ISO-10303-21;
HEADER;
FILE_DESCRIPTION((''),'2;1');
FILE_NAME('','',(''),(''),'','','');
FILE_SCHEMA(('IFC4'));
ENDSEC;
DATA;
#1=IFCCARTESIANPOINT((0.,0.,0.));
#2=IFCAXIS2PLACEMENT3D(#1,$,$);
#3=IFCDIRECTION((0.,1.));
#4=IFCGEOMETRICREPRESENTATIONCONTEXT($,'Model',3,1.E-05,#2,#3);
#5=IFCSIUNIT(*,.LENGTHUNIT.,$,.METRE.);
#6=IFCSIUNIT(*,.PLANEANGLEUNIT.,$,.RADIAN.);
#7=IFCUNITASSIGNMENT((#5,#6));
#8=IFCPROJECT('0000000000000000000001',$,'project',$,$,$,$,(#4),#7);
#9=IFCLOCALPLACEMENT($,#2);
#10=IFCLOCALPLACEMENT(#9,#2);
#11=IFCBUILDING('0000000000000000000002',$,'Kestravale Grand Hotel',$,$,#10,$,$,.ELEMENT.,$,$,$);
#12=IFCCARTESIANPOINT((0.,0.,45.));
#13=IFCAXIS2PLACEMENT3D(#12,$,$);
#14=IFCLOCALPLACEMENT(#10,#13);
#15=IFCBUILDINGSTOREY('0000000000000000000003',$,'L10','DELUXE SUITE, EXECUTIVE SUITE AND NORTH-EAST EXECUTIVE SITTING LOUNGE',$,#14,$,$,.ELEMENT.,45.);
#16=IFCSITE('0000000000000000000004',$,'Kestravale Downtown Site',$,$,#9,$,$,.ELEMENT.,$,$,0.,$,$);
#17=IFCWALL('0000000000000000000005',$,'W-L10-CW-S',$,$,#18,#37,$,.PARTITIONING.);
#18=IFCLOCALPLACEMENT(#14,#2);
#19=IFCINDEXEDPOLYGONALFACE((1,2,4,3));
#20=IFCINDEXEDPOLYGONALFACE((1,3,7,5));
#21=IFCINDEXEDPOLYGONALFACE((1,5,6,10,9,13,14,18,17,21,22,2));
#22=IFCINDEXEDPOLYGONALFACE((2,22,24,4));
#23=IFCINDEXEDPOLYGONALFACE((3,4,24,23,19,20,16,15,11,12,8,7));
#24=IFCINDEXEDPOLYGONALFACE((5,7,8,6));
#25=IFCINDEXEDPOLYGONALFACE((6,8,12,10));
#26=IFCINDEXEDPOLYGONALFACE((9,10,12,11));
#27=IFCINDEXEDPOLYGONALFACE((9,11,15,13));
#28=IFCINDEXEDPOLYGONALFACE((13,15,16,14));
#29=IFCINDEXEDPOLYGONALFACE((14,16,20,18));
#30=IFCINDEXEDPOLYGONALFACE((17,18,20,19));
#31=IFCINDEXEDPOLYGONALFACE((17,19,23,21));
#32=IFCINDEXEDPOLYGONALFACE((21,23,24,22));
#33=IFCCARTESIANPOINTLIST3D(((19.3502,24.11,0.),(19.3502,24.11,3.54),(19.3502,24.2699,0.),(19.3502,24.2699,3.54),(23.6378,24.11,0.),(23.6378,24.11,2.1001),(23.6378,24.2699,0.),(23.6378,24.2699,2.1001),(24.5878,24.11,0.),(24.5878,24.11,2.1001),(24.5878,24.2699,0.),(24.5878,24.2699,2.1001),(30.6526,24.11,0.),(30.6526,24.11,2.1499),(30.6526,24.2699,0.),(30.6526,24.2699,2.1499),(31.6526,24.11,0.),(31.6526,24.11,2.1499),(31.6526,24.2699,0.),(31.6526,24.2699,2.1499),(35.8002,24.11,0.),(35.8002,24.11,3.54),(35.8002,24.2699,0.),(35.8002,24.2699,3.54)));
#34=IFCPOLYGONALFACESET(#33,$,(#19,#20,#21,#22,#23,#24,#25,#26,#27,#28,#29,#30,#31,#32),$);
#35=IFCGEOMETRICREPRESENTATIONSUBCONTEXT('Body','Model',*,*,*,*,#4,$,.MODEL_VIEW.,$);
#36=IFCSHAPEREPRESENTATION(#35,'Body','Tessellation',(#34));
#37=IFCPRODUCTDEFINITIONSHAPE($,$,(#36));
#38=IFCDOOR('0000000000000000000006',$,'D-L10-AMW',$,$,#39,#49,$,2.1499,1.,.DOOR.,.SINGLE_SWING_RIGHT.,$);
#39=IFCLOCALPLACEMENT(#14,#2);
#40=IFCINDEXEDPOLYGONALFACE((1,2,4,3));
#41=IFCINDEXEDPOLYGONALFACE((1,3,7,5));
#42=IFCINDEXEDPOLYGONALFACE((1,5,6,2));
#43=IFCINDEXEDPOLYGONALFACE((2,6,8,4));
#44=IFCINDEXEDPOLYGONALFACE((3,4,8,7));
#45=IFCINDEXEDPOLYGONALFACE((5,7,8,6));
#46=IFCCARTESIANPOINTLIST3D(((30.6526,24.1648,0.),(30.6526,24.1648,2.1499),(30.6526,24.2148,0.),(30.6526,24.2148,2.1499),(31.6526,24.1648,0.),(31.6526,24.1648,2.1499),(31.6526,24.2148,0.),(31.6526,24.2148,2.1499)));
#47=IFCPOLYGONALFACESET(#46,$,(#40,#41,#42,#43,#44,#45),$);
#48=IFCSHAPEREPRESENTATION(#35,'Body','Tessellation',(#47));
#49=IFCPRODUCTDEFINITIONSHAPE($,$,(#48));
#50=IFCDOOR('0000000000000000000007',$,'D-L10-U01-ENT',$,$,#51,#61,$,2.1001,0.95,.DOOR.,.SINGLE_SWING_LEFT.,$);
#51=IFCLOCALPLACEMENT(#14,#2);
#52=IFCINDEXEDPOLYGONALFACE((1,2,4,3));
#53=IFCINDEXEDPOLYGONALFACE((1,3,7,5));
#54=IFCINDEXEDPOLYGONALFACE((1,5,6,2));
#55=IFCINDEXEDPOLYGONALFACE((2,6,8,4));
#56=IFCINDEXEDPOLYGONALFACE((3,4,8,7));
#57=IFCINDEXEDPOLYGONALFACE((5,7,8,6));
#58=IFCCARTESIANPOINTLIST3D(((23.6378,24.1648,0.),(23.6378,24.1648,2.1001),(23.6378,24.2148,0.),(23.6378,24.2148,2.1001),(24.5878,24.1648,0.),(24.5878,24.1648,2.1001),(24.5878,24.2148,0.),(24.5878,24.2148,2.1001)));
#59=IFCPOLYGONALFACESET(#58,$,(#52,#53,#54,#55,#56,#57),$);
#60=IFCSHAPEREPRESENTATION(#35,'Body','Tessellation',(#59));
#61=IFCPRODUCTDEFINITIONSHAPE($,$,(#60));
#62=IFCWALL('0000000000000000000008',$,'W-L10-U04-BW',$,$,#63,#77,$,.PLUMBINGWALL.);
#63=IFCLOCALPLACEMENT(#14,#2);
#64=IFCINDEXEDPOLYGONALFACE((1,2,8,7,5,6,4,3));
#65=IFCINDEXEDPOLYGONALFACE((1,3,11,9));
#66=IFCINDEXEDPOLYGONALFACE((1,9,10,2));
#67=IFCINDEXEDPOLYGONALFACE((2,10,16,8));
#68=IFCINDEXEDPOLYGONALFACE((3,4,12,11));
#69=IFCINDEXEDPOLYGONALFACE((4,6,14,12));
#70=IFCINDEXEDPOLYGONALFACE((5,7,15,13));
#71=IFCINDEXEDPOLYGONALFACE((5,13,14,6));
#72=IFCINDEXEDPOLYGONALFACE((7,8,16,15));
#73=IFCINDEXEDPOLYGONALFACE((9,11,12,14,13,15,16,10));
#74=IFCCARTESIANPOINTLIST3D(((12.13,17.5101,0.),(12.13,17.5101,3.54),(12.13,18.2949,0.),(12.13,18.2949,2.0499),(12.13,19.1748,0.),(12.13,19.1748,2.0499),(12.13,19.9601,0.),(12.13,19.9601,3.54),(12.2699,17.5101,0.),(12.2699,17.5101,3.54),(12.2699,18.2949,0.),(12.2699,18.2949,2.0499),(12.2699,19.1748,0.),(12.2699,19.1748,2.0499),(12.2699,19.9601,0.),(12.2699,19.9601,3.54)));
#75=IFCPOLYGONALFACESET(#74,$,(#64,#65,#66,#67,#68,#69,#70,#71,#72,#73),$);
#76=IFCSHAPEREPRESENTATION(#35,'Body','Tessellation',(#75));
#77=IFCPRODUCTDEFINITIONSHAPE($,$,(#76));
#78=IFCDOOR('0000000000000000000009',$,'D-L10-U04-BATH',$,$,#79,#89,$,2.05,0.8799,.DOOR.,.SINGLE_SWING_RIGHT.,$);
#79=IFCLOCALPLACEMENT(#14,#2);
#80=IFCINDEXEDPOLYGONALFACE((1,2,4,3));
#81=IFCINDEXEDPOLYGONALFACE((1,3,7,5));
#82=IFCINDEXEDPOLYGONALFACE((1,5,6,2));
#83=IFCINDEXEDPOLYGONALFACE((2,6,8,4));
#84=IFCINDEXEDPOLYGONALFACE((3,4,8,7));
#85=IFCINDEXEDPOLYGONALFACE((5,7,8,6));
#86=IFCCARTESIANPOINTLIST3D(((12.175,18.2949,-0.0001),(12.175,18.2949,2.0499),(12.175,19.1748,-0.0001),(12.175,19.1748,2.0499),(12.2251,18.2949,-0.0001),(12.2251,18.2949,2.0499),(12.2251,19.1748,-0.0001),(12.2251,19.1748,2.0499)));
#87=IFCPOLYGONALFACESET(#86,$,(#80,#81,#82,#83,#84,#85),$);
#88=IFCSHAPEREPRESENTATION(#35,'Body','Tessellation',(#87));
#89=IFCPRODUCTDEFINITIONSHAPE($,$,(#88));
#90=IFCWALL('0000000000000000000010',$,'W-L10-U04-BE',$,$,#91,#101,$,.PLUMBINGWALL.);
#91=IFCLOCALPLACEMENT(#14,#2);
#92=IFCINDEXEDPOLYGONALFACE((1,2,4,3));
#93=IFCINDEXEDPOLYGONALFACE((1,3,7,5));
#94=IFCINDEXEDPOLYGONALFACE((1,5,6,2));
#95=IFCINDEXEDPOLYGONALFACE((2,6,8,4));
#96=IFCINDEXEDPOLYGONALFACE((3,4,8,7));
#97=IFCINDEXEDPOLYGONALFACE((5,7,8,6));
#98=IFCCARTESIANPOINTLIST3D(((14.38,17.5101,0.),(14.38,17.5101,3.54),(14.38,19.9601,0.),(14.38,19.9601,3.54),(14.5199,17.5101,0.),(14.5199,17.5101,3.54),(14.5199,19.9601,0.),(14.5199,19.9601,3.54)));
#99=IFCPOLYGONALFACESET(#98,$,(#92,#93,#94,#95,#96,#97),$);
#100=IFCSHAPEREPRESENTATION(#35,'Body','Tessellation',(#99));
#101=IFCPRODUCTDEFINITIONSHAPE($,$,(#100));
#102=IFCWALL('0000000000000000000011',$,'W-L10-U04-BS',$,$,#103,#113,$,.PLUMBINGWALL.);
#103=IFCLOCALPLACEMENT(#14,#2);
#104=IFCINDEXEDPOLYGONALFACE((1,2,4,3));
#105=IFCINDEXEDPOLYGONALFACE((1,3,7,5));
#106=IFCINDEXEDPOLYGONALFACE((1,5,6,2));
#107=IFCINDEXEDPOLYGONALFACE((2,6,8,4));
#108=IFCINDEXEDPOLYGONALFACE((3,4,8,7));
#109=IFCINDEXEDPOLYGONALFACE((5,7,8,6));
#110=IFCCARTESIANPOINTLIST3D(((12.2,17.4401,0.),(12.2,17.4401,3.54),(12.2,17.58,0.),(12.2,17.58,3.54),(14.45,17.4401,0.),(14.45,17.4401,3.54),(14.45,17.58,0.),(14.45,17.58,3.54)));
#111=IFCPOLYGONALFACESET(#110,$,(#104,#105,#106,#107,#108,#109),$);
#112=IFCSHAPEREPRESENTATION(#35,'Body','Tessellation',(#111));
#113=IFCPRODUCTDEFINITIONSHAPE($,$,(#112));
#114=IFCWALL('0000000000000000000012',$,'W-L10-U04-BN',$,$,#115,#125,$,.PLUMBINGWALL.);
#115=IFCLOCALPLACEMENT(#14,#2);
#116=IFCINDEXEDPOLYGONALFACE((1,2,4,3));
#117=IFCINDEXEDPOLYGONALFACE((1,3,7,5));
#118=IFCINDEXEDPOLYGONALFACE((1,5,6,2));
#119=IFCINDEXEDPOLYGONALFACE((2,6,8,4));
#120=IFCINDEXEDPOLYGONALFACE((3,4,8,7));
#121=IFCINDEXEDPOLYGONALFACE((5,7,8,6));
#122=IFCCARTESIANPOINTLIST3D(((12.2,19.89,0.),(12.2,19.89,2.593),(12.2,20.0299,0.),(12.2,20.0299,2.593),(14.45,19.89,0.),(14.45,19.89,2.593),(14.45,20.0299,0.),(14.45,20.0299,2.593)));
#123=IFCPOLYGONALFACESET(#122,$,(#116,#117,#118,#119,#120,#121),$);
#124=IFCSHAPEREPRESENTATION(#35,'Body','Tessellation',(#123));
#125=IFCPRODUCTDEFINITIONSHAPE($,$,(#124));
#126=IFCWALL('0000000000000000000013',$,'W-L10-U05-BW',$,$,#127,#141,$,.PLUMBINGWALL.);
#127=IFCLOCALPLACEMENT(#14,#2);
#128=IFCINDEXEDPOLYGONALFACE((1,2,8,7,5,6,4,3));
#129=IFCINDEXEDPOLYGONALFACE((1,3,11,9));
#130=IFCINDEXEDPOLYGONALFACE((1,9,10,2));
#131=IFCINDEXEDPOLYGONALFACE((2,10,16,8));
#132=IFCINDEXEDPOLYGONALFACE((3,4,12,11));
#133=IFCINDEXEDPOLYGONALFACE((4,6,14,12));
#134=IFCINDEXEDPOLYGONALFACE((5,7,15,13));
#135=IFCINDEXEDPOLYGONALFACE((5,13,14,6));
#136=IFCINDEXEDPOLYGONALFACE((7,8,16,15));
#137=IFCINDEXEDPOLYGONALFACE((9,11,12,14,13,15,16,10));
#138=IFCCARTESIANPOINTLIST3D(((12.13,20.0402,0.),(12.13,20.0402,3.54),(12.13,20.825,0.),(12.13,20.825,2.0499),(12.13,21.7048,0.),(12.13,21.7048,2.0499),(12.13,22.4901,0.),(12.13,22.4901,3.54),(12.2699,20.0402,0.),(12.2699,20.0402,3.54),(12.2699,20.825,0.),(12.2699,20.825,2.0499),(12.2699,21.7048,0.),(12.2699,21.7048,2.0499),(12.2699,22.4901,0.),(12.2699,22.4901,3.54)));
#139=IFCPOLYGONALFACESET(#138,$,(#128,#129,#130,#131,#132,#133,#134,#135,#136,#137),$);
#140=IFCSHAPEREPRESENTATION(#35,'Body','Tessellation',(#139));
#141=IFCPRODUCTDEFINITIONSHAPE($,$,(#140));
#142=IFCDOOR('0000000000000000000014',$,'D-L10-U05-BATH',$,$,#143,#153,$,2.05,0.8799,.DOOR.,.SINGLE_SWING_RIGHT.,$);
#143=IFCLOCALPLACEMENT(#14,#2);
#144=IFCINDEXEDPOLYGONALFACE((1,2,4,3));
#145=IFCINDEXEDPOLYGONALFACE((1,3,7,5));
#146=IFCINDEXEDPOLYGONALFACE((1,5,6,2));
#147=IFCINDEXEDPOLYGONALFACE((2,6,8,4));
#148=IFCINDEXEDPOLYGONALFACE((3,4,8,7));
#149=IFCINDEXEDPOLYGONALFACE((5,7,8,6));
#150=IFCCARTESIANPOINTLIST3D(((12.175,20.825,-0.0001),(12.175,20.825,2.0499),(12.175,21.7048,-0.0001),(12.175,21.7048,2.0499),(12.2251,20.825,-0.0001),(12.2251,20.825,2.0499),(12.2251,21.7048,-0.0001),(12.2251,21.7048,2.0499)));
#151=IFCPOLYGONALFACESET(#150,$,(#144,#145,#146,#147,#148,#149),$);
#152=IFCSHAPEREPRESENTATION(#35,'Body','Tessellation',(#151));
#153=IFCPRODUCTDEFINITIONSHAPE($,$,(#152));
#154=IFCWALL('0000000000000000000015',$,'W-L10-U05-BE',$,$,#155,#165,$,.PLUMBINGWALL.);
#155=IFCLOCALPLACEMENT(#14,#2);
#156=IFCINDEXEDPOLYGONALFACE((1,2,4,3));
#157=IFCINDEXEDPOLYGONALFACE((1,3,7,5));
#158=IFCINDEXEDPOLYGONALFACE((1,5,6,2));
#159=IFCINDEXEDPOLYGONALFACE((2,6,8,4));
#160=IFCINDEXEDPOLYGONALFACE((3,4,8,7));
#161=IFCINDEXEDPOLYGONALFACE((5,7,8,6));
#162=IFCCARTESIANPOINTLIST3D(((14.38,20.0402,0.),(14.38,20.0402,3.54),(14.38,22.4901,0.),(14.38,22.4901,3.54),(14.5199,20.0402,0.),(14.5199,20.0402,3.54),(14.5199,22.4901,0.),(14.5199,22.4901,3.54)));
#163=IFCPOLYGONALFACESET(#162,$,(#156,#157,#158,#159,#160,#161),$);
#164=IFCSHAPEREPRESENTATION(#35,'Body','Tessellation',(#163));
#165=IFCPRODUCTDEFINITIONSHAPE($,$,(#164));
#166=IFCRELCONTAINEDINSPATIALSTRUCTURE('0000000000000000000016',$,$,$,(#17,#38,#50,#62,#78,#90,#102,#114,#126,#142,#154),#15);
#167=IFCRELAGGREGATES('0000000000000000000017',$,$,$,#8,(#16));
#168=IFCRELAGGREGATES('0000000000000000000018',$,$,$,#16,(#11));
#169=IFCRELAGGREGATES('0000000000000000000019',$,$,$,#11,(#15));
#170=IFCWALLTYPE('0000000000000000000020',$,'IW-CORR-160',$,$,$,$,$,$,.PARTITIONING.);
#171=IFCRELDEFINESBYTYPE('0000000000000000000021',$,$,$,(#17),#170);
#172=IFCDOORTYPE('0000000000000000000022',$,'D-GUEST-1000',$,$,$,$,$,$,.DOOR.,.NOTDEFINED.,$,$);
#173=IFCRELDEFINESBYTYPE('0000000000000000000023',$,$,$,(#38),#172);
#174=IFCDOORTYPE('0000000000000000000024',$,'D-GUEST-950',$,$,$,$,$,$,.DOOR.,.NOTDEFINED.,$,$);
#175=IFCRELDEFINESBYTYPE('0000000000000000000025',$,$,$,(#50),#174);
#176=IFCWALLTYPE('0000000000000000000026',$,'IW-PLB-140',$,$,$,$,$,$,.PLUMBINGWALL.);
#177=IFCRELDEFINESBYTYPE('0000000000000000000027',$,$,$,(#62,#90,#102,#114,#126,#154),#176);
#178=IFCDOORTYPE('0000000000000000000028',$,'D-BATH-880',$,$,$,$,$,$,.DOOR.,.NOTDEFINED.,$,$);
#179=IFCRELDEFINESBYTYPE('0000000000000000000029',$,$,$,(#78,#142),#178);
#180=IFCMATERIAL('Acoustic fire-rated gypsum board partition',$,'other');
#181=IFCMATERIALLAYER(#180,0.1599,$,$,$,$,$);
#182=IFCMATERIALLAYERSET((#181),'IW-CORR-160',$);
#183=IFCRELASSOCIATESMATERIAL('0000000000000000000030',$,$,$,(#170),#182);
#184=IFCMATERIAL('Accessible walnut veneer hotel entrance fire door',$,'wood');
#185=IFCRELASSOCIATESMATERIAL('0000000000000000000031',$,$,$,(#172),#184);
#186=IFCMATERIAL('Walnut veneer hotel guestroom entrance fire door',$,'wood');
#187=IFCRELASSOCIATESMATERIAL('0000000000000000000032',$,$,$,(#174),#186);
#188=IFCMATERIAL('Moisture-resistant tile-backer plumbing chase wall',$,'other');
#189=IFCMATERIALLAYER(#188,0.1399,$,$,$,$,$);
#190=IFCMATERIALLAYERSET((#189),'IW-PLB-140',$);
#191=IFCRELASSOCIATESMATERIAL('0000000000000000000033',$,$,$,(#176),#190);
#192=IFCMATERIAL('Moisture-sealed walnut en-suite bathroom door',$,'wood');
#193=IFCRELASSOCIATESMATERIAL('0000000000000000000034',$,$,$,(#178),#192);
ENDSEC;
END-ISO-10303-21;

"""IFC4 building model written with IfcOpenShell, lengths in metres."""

from ifc_helpers import new_model, si_unit, direction, frame, frame_2d, origin, place, context, subcontext, project, spatial, rectangle, extrude, material, layer, layer_set, type_object, element, fill, save


model = new_model("IFC4")

# Units and contexts
model_context = context("Model", 3, precision=1e-05, world=origin(), true_north=direction((0.0, 1.0)))
body_context = subcontext(model_context, "Body", "Model", "MODEL_VIEW")
ifc_project = project(units=[si_unit("LENGTHUNIT", "METRE"), si_unit("PLANEANGLEUNIT", "RADIAN")], contexts=[model_context])

# Site, building, storey
site_placement = place(None, origin())
site = spatial("IfcSite", under=ifc_project, at=site_placement, Name="Kestravale Downtown Site", CompositionType="ELEMENT", RefElevation=0.0)
building_placement = place(site_placement, origin())
building = spatial("IfcBuilding", under=site, at=building_placement, Name="Kestravale Grand Hotel", CompositionType="ELEMENT")
storey_placement = place(building_placement, frame((0.0, 0.0, 45.0)))
storey = spatial("IfcBuildingStorey", under=building, at=storey_placement, Name="L10", Description="DELUXE SUITE, EXECUTIVE SUITE AND NORTH-EAST EXECUTIVE SITTING LOUNGE", CompositionType="ELEMENT", Elevation=45.0)

# Shared definitions
ifc_material_1 = material(Name="Acoustic fire-rated gypsum board partition", Category="other")
ifc_layer_1 = layer(ifc_material_1, 0.1599)
ifc_layer_set_1 = layer_set([ifc_layer_1], Name="IW-CORR-160")
wall_type_1 = type_object("IfcWallType", Name="IW-CORR-160", PredefinedType="PARTITIONING", material=ifc_layer_set_1)

# Wall, openings, doors
wall_1_placement = place(storey_placement, frame((19.3501, 24.1899, 0.0), z_axis=(0.0, 0.0, 1.0), x_axis=(1.0, 0.0, 0.0)))
wall_1 = element("IfcWall", 1, at=wall_1_placement, inside=storey, type_object=wall_type_1, Name="W-L10-CW-S", PredefinedType="PARTITIONING", context=body_context, shape_type="SweptSolid", body=[
    extrude(rectangle(XDim=16.45, YDim=0.1599, at=frame_2d((8.2251, 0.0))), origin(), (0.0, 0.0, 1.0), 3.54),
])
opening_1_placement = place(wall_1_placement, frame((4.2876, 0.0, 0.0)))
opening_1 = element("IfcOpeningElement", 2, at=opening_1_placement, cuts=wall_1, PredefinedType="OPENING", context=body_context, shape_type="SweptSolid", body=[
    extrude(rectangle(XDim=0.95, YDim=2.1001, at=frame_2d((0.4751, 1.05))), frame((0.0, 0.0898, 0.0), z_axis=(0.0, -1.0, 0.0), x_axis=(1.0, 0.0, 0.0)), (0.0, 0.0, 1.0), 0.1799),
])
opening_2_placement = place(wall_1_placement, frame((11.3025, 0.0, 0.0)))
opening_2 = element("IfcOpeningElement", 3, at=opening_2_placement, cuts=wall_1, PredefinedType="OPENING", context=body_context, shape_type="SweptSolid", body=[
    extrude(rectangle(XDim=1.0, YDim=2.1499, at=frame_2d((0.5, 1.075))), frame((0.0, 0.0898, 0.0), z_axis=(0.0, -1.0, 0.0), x_axis=(1.0, 0.0, 0.0)), (0.0, 0.0, 1.0), 0.1799),
])
ifc_material_2 = material(Name="Accessible walnut veneer hotel entrance fire door", Category="wood")
door_type_1 = type_object("IfcDoorType", Name="D-GUEST-1000", OperationType="NOTDEFINED", PredefinedType="DOOR", material=ifc_material_2)
door_1_placement = place(opening_2_placement, origin())
door_1 = element("IfcDoor", 4, at=door_1_placement, inside=storey, type_object=door_type_1, Name="D-L10-AMW", OperationType="SINGLE_SWING_RIGHT", OverallHeight=2.1499, OverallWidth=1.0, PredefinedType="DOOR", context=body_context, shape_type="SweptSolid", body=[
    extrude(rectangle(XDim=1.0, YDim=2.1499, at=frame_2d((0.5, 1.075))), frame((0.0, 0.0249, 0.0), z_axis=(0.0, -1.0, 0.0), x_axis=(1.0, 0.0, 0.0)), (0.0, 0.0, 1.0), 0.05),
])
fill(opening_2, door_1)
ifc_material_3 = material(Name="Walnut veneer hotel guestroom entrance fire door", Category="wood")
door_type_2 = type_object("IfcDoorType", Name="D-GUEST-950", OperationType="NOTDEFINED", PredefinedType="DOOR", material=ifc_material_3)
door_2_placement = place(opening_1_placement, origin())
door_2 = element("IfcDoor", 5, at=door_2_placement, inside=storey, type_object=door_type_2, Name="D-L10-U01-ENT", OperationType="SINGLE_SWING_LEFT", OverallHeight=2.1001, OverallWidth=0.95, PredefinedType="DOOR", context=body_context, shape_type="SweptSolid", body=[
    extrude(rectangle(XDim=0.95, YDim=2.1001, at=frame_2d((0.4751, 1.05))), frame((0.0, 0.0249, 0.0), z_axis=(0.0, -1.0, 0.0), x_axis=(1.0, 0.0, 0.0)), (0.0, 0.0, 1.0), 0.05),
])
fill(opening_1, door_2)

# Wall, opening, door
ifc_material_4 = material(Name="Moisture-resistant tile-backer plumbing chase wall", Category="other")
ifc_layer_2 = layer(ifc_material_4, 0.1399)
ifc_layer_set_2 = layer_set([ifc_layer_2], Name="IW-PLB-140")
wall_type_2 = type_object("IfcWallType", Name="IW-PLB-140", PredefinedType="PLUMBINGWALL", material=ifc_layer_set_2)
wall_2_placement = place(storey_placement, frame((12.2, 17.51, 0.0), z_axis=(0.0, 0.0, 1.0), x_axis=(0.0, 1.0, 0.0)))
wall_2 = element("IfcWall", 6, at=wall_2_placement, inside=storey, type_object=wall_type_2, Name="W-L10-U04-BW", PredefinedType="PLUMBINGWALL", context=body_context, shape_type="SweptSolid", body=[
    extrude(rectangle(XDim=2.45, YDim=0.1399, at=frame_2d((1.2251, 0.0))), origin(), (0.0, 0.0, 1.0), 3.54),
])
opening_3_placement = place(wall_2_placement, frame((0.7849, 0.0, 0.0)))
opening_3 = element("IfcOpeningElement", 7, at=opening_3_placement, cuts=wall_2, PredefinedType="OPENING", context=body_context, shape_type="SweptSolid", body=[
    extrude(rectangle(XDim=0.8799, YDim=2.05, at=frame_2d((0.4399, 1.0249))), frame((0.0, 0.0798, 0.0), z_axis=(0.0, -1.0, 0.0), x_axis=(1.0, 0.0, 0.0)), (0.0, 0.0, 1.0), 0.1599),
])
ifc_material_5 = material(Name="Moisture-sealed walnut en-suite bathroom door", Category="wood")
door_type_3 = type_object("IfcDoorType", Name="D-BATH-880", OperationType="NOTDEFINED", PredefinedType="DOOR", material=ifc_material_5)
door_3_placement = place(opening_3_placement, origin())
door_3 = element("IfcDoor", 8, at=door_3_placement, inside=storey, type_object=door_type_3, Name="D-L10-U04-BATH", OperationType="SINGLE_SWING_RIGHT", OverallHeight=2.05, OverallWidth=0.8799, PredefinedType="DOOR", context=body_context, shape_type="SweptSolid", body=[
    extrude(rectangle(XDim=0.8799, YDim=2.05, at=frame_2d((0.4399, 1.0249))), frame((0.0, 0.0249, 0.0), z_axis=(0.0, -1.0, 0.0), x_axis=(1.0, 0.0, 0.0)), (0.0, 0.0, 1.0), 0.05),
])
fill(opening_3, door_3)

# Walls
wall_3_placement = place(storey_placement, frame((14.45, 17.51, 0.0), z_axis=(0.0, 0.0, 1.0), x_axis=(0.0, 1.0, 0.0)))
element("IfcWall", 9, at=wall_3_placement, inside=storey, type_object=wall_type_2, Name="W-L10-U04-BE", PredefinedType="PLUMBINGWALL", context=body_context, shape_type="SweptSolid", body=[
    extrude(rectangle(XDim=2.45, YDim=0.1399, at=frame_2d((1.2251, 0.0))), origin(), (0.0, 0.0, 1.0), 3.54),
])
wall_4_placement = place(storey_placement, frame((12.2, 17.51, 0.0), z_axis=(0.0, 0.0, 1.0), x_axis=(1.0, 0.0, 0.0)))
element("IfcWall", 10, at=wall_4_placement, inside=storey, type_object=wall_type_2, Name="W-L10-U04-BS", PredefinedType="PLUMBINGWALL", context=body_context, shape_type="SweptSolid", body=[
    extrude(rectangle(XDim=2.25, YDim=0.1399, at=frame_2d((1.125, 0.0))), origin(), (0.0, 0.0, 1.0), 3.54),
])
wall_5_placement = place(storey_placement, frame((12.2, 19.96, 0.0), z_axis=(0.0, 0.0, 1.0), x_axis=(1.0, 0.0, 0.0)))
element("IfcWall", 11, at=wall_5_placement, inside=storey, type_object=wall_type_2, Name="W-L10-U04-BN", PredefinedType="PLUMBINGWALL", context=body_context, shape_type="SweptSolid", body=[
    extrude(rectangle(XDim=2.25, YDim=0.1399, at=frame_2d((1.125, 0.0))), origin(), (0.0, 0.0, 1.0), 2.593),
])

# Wall, opening, door
wall_6_placement = place(storey_placement, frame((12.2, 20.04, 0.0), z_axis=(0.0, 0.0, 1.0), x_axis=(0.0, 1.0, 0.0)))
wall_6 = element("IfcWall", 12, at=wall_6_placement, inside=storey, type_object=wall_type_2, Name="W-L10-U05-BW", PredefinedType="PLUMBINGWALL", context=body_context, shape_type="SweptSolid", body=[
    extrude(rectangle(XDim=2.45, YDim=0.1399, at=frame_2d((1.2251, 0.0))), origin(), (0.0, 0.0, 1.0), 3.54),
])
opening_4_placement = place(wall_6_placement, frame((0.7849, 0.0, 0.0)))
opening_4 = element("IfcOpeningElement", 13, at=opening_4_placement, cuts=wall_6, PredefinedType="OPENING", context=body_context, shape_type="SweptSolid", body=[
    extrude(rectangle(XDim=0.8799, YDim=2.05, at=frame_2d((0.4399, 1.0249))), frame((0.0, 0.0798, 0.0), z_axis=(0.0, -1.0, 0.0), x_axis=(1.0, 0.0, 0.0)), (0.0, 0.0, 1.0), 0.1599),
])
door_4_placement = place(opening_4_placement, origin())
door_4 = element("IfcDoor", 14, at=door_4_placement, inside=storey, type_object=door_type_3, Name="D-L10-U05-BATH", OperationType="SINGLE_SWING_RIGHT", OverallHeight=2.05, OverallWidth=0.8799, PredefinedType="DOOR", context=body_context, shape_type="SweptSolid", body=[
    extrude(rectangle(XDim=0.8799, YDim=2.05, at=frame_2d((0.4399, 1.0249))), frame((0.0, 0.0249, 0.0), z_axis=(0.0, -1.0, 0.0), x_axis=(1.0, 0.0, 0.0)), (0.0, 0.0, 1.0), 0.05),
])
fill(opening_4, door_4)

# Wall
wall_7_placement = place(storey_placement, frame((14.45, 20.04, 0.0), z_axis=(0.0, 0.0, 1.0), x_axis=(0.0, 1.0, 0.0)))
element("IfcWall", 15, at=wall_7_placement, inside=storey, type_object=wall_type_2, Name="W-L10-U05-BE", PredefinedType="PLUMBINGWALL", context=body_context, shape_type="SweptSolid", body=[
    extrude(rectangle(XDim=2.45, YDim=0.1399, at=frame_2d((1.2251, 0.0))), origin(), (0.0, 0.0, 1.0), 3.54),
])

save(model, "model.ifc")
